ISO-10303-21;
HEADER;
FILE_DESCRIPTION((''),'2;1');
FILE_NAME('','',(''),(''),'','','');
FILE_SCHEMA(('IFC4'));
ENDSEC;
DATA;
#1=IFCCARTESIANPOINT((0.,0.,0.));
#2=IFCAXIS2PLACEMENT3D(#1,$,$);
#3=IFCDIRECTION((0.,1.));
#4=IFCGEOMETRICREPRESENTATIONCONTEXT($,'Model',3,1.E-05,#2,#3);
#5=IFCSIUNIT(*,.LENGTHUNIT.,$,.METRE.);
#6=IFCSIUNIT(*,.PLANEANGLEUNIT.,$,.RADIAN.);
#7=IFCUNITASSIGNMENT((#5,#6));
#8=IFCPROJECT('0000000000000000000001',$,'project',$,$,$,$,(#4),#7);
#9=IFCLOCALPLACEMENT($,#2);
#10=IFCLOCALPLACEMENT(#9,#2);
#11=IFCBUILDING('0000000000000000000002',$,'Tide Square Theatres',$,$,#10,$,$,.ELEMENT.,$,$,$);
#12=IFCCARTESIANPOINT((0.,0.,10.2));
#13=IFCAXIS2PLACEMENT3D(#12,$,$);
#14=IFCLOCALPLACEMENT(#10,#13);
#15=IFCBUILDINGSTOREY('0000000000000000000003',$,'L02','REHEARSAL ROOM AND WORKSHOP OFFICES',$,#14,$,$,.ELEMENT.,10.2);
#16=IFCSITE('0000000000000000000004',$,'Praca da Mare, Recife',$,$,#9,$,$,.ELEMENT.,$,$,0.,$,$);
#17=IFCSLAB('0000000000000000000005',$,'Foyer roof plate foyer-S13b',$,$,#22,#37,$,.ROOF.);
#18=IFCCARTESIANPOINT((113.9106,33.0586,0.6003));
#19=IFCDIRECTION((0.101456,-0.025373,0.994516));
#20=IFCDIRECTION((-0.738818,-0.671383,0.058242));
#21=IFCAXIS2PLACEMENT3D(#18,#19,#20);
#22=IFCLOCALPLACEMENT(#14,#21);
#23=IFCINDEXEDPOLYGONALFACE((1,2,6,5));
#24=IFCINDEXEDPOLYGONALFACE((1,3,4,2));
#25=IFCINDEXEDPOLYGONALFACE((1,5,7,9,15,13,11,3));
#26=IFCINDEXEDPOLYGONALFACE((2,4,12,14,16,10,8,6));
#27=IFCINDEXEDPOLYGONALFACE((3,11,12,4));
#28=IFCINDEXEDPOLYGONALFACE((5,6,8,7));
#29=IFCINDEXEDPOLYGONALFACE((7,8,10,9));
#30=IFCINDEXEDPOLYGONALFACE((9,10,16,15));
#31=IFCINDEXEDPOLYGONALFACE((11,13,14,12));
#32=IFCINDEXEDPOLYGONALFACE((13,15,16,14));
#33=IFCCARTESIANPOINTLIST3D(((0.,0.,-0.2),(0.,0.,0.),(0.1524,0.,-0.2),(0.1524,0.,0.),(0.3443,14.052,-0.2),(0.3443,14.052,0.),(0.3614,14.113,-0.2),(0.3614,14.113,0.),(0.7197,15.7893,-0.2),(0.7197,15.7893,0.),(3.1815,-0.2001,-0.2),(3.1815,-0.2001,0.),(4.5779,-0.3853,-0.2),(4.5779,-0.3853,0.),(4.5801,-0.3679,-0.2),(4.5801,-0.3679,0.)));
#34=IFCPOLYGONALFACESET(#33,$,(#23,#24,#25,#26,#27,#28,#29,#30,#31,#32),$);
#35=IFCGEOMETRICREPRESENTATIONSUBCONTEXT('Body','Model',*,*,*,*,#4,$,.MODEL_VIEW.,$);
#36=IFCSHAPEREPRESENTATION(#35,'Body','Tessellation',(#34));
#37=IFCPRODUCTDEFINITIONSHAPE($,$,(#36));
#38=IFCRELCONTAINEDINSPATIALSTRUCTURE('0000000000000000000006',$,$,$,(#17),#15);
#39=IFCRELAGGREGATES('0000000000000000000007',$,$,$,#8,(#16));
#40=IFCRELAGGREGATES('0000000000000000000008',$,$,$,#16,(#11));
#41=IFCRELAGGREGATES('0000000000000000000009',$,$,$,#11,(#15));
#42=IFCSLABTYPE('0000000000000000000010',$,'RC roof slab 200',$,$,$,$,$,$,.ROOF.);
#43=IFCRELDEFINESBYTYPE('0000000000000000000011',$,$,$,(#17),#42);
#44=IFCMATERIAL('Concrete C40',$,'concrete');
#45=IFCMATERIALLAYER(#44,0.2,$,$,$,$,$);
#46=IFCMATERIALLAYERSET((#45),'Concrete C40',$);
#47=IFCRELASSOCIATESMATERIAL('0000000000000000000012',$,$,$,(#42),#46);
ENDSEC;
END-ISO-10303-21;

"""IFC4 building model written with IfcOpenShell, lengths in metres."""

from ifc_helpers import new_model, si_unit, direction, frame, origin, place, context, subcontext, project, spatial, polyline, outline, extrude, material, layer, layer_set, type_object, element, save


model = new_model("IFC4")

# Units and contexts
model_context = context("Model", 3, precision=1e-05, world=origin(), true_north=direction((0.0, 1.0)))
body_context = subcontext(model_context, "Body", "Model", "MODEL_VIEW")
ifc_project = project(units=[si_unit("LENGTHUNIT", "METRE"), si_unit("PLANEANGLEUNIT", "RADIAN")], contexts=[model_context])

# Site, building, storey
site_placement = place(None, origin())
site = spatial("IfcSite", under=ifc_project, at=site_placement, Name="Praca da Mare, Recife", CompositionType="ELEMENT", RefElevation=0.0)
building_placement = place(site_placement, origin())
building = spatial("IfcBuilding", under=site, at=building_placement, Name="Tide Square Theatres", CompositionType="ELEMENT")
storey_placement = place(building_placement, frame((0.0, 0.0, 10.2)))
storey = spatial("IfcBuildingStorey", under=building, at=storey_placement, Name="L02", Description="REHEARSAL ROOM AND WORKSHOP OFFICES", CompositionType="ELEMENT", Elevation=10.2)

# Slab
ifc_material_1 = material(Name="Concrete C40", Category="concrete")
ifc_layer_1 = layer(ifc_material_1, 0.2)
ifc_layer_set_1 = layer_set([ifc_layer_1], Name="Concrete C40")
slab_type = type_object("IfcSlabType", Name="RC roof slab 200", PredefinedType="ROOF", material=ifc_layer_set_1)
slab_1_placement = place(storey_placement, frame((113.9106, 33.0586, 0.6003), z_axis=(0.101456, -0.025373, 0.994516), x_axis=(-0.738818, -0.671383, 0.058242)))
element("IfcSlab", 1, at=slab_1_placement, inside=storey, type_object=slab_type, Name="Foyer roof plate foyer-S13b", PredefinedType="ROOF", context=body_context, shape_type="SweptSolid", body=[
    extrude(outline(polyline([(0.0, 0.0), (0.1524, 0.0), (3.1815, -0.2001), (4.5779, -0.3853), (4.5801, -0.3679), (0.7197, 15.7893), (0.3614, 14.113), (0.3443, 14.052), (0.0, 0.0)])), origin(), (0.0, 0.0, -1.0), 0.2),
])

save(model, "model.ifc")
